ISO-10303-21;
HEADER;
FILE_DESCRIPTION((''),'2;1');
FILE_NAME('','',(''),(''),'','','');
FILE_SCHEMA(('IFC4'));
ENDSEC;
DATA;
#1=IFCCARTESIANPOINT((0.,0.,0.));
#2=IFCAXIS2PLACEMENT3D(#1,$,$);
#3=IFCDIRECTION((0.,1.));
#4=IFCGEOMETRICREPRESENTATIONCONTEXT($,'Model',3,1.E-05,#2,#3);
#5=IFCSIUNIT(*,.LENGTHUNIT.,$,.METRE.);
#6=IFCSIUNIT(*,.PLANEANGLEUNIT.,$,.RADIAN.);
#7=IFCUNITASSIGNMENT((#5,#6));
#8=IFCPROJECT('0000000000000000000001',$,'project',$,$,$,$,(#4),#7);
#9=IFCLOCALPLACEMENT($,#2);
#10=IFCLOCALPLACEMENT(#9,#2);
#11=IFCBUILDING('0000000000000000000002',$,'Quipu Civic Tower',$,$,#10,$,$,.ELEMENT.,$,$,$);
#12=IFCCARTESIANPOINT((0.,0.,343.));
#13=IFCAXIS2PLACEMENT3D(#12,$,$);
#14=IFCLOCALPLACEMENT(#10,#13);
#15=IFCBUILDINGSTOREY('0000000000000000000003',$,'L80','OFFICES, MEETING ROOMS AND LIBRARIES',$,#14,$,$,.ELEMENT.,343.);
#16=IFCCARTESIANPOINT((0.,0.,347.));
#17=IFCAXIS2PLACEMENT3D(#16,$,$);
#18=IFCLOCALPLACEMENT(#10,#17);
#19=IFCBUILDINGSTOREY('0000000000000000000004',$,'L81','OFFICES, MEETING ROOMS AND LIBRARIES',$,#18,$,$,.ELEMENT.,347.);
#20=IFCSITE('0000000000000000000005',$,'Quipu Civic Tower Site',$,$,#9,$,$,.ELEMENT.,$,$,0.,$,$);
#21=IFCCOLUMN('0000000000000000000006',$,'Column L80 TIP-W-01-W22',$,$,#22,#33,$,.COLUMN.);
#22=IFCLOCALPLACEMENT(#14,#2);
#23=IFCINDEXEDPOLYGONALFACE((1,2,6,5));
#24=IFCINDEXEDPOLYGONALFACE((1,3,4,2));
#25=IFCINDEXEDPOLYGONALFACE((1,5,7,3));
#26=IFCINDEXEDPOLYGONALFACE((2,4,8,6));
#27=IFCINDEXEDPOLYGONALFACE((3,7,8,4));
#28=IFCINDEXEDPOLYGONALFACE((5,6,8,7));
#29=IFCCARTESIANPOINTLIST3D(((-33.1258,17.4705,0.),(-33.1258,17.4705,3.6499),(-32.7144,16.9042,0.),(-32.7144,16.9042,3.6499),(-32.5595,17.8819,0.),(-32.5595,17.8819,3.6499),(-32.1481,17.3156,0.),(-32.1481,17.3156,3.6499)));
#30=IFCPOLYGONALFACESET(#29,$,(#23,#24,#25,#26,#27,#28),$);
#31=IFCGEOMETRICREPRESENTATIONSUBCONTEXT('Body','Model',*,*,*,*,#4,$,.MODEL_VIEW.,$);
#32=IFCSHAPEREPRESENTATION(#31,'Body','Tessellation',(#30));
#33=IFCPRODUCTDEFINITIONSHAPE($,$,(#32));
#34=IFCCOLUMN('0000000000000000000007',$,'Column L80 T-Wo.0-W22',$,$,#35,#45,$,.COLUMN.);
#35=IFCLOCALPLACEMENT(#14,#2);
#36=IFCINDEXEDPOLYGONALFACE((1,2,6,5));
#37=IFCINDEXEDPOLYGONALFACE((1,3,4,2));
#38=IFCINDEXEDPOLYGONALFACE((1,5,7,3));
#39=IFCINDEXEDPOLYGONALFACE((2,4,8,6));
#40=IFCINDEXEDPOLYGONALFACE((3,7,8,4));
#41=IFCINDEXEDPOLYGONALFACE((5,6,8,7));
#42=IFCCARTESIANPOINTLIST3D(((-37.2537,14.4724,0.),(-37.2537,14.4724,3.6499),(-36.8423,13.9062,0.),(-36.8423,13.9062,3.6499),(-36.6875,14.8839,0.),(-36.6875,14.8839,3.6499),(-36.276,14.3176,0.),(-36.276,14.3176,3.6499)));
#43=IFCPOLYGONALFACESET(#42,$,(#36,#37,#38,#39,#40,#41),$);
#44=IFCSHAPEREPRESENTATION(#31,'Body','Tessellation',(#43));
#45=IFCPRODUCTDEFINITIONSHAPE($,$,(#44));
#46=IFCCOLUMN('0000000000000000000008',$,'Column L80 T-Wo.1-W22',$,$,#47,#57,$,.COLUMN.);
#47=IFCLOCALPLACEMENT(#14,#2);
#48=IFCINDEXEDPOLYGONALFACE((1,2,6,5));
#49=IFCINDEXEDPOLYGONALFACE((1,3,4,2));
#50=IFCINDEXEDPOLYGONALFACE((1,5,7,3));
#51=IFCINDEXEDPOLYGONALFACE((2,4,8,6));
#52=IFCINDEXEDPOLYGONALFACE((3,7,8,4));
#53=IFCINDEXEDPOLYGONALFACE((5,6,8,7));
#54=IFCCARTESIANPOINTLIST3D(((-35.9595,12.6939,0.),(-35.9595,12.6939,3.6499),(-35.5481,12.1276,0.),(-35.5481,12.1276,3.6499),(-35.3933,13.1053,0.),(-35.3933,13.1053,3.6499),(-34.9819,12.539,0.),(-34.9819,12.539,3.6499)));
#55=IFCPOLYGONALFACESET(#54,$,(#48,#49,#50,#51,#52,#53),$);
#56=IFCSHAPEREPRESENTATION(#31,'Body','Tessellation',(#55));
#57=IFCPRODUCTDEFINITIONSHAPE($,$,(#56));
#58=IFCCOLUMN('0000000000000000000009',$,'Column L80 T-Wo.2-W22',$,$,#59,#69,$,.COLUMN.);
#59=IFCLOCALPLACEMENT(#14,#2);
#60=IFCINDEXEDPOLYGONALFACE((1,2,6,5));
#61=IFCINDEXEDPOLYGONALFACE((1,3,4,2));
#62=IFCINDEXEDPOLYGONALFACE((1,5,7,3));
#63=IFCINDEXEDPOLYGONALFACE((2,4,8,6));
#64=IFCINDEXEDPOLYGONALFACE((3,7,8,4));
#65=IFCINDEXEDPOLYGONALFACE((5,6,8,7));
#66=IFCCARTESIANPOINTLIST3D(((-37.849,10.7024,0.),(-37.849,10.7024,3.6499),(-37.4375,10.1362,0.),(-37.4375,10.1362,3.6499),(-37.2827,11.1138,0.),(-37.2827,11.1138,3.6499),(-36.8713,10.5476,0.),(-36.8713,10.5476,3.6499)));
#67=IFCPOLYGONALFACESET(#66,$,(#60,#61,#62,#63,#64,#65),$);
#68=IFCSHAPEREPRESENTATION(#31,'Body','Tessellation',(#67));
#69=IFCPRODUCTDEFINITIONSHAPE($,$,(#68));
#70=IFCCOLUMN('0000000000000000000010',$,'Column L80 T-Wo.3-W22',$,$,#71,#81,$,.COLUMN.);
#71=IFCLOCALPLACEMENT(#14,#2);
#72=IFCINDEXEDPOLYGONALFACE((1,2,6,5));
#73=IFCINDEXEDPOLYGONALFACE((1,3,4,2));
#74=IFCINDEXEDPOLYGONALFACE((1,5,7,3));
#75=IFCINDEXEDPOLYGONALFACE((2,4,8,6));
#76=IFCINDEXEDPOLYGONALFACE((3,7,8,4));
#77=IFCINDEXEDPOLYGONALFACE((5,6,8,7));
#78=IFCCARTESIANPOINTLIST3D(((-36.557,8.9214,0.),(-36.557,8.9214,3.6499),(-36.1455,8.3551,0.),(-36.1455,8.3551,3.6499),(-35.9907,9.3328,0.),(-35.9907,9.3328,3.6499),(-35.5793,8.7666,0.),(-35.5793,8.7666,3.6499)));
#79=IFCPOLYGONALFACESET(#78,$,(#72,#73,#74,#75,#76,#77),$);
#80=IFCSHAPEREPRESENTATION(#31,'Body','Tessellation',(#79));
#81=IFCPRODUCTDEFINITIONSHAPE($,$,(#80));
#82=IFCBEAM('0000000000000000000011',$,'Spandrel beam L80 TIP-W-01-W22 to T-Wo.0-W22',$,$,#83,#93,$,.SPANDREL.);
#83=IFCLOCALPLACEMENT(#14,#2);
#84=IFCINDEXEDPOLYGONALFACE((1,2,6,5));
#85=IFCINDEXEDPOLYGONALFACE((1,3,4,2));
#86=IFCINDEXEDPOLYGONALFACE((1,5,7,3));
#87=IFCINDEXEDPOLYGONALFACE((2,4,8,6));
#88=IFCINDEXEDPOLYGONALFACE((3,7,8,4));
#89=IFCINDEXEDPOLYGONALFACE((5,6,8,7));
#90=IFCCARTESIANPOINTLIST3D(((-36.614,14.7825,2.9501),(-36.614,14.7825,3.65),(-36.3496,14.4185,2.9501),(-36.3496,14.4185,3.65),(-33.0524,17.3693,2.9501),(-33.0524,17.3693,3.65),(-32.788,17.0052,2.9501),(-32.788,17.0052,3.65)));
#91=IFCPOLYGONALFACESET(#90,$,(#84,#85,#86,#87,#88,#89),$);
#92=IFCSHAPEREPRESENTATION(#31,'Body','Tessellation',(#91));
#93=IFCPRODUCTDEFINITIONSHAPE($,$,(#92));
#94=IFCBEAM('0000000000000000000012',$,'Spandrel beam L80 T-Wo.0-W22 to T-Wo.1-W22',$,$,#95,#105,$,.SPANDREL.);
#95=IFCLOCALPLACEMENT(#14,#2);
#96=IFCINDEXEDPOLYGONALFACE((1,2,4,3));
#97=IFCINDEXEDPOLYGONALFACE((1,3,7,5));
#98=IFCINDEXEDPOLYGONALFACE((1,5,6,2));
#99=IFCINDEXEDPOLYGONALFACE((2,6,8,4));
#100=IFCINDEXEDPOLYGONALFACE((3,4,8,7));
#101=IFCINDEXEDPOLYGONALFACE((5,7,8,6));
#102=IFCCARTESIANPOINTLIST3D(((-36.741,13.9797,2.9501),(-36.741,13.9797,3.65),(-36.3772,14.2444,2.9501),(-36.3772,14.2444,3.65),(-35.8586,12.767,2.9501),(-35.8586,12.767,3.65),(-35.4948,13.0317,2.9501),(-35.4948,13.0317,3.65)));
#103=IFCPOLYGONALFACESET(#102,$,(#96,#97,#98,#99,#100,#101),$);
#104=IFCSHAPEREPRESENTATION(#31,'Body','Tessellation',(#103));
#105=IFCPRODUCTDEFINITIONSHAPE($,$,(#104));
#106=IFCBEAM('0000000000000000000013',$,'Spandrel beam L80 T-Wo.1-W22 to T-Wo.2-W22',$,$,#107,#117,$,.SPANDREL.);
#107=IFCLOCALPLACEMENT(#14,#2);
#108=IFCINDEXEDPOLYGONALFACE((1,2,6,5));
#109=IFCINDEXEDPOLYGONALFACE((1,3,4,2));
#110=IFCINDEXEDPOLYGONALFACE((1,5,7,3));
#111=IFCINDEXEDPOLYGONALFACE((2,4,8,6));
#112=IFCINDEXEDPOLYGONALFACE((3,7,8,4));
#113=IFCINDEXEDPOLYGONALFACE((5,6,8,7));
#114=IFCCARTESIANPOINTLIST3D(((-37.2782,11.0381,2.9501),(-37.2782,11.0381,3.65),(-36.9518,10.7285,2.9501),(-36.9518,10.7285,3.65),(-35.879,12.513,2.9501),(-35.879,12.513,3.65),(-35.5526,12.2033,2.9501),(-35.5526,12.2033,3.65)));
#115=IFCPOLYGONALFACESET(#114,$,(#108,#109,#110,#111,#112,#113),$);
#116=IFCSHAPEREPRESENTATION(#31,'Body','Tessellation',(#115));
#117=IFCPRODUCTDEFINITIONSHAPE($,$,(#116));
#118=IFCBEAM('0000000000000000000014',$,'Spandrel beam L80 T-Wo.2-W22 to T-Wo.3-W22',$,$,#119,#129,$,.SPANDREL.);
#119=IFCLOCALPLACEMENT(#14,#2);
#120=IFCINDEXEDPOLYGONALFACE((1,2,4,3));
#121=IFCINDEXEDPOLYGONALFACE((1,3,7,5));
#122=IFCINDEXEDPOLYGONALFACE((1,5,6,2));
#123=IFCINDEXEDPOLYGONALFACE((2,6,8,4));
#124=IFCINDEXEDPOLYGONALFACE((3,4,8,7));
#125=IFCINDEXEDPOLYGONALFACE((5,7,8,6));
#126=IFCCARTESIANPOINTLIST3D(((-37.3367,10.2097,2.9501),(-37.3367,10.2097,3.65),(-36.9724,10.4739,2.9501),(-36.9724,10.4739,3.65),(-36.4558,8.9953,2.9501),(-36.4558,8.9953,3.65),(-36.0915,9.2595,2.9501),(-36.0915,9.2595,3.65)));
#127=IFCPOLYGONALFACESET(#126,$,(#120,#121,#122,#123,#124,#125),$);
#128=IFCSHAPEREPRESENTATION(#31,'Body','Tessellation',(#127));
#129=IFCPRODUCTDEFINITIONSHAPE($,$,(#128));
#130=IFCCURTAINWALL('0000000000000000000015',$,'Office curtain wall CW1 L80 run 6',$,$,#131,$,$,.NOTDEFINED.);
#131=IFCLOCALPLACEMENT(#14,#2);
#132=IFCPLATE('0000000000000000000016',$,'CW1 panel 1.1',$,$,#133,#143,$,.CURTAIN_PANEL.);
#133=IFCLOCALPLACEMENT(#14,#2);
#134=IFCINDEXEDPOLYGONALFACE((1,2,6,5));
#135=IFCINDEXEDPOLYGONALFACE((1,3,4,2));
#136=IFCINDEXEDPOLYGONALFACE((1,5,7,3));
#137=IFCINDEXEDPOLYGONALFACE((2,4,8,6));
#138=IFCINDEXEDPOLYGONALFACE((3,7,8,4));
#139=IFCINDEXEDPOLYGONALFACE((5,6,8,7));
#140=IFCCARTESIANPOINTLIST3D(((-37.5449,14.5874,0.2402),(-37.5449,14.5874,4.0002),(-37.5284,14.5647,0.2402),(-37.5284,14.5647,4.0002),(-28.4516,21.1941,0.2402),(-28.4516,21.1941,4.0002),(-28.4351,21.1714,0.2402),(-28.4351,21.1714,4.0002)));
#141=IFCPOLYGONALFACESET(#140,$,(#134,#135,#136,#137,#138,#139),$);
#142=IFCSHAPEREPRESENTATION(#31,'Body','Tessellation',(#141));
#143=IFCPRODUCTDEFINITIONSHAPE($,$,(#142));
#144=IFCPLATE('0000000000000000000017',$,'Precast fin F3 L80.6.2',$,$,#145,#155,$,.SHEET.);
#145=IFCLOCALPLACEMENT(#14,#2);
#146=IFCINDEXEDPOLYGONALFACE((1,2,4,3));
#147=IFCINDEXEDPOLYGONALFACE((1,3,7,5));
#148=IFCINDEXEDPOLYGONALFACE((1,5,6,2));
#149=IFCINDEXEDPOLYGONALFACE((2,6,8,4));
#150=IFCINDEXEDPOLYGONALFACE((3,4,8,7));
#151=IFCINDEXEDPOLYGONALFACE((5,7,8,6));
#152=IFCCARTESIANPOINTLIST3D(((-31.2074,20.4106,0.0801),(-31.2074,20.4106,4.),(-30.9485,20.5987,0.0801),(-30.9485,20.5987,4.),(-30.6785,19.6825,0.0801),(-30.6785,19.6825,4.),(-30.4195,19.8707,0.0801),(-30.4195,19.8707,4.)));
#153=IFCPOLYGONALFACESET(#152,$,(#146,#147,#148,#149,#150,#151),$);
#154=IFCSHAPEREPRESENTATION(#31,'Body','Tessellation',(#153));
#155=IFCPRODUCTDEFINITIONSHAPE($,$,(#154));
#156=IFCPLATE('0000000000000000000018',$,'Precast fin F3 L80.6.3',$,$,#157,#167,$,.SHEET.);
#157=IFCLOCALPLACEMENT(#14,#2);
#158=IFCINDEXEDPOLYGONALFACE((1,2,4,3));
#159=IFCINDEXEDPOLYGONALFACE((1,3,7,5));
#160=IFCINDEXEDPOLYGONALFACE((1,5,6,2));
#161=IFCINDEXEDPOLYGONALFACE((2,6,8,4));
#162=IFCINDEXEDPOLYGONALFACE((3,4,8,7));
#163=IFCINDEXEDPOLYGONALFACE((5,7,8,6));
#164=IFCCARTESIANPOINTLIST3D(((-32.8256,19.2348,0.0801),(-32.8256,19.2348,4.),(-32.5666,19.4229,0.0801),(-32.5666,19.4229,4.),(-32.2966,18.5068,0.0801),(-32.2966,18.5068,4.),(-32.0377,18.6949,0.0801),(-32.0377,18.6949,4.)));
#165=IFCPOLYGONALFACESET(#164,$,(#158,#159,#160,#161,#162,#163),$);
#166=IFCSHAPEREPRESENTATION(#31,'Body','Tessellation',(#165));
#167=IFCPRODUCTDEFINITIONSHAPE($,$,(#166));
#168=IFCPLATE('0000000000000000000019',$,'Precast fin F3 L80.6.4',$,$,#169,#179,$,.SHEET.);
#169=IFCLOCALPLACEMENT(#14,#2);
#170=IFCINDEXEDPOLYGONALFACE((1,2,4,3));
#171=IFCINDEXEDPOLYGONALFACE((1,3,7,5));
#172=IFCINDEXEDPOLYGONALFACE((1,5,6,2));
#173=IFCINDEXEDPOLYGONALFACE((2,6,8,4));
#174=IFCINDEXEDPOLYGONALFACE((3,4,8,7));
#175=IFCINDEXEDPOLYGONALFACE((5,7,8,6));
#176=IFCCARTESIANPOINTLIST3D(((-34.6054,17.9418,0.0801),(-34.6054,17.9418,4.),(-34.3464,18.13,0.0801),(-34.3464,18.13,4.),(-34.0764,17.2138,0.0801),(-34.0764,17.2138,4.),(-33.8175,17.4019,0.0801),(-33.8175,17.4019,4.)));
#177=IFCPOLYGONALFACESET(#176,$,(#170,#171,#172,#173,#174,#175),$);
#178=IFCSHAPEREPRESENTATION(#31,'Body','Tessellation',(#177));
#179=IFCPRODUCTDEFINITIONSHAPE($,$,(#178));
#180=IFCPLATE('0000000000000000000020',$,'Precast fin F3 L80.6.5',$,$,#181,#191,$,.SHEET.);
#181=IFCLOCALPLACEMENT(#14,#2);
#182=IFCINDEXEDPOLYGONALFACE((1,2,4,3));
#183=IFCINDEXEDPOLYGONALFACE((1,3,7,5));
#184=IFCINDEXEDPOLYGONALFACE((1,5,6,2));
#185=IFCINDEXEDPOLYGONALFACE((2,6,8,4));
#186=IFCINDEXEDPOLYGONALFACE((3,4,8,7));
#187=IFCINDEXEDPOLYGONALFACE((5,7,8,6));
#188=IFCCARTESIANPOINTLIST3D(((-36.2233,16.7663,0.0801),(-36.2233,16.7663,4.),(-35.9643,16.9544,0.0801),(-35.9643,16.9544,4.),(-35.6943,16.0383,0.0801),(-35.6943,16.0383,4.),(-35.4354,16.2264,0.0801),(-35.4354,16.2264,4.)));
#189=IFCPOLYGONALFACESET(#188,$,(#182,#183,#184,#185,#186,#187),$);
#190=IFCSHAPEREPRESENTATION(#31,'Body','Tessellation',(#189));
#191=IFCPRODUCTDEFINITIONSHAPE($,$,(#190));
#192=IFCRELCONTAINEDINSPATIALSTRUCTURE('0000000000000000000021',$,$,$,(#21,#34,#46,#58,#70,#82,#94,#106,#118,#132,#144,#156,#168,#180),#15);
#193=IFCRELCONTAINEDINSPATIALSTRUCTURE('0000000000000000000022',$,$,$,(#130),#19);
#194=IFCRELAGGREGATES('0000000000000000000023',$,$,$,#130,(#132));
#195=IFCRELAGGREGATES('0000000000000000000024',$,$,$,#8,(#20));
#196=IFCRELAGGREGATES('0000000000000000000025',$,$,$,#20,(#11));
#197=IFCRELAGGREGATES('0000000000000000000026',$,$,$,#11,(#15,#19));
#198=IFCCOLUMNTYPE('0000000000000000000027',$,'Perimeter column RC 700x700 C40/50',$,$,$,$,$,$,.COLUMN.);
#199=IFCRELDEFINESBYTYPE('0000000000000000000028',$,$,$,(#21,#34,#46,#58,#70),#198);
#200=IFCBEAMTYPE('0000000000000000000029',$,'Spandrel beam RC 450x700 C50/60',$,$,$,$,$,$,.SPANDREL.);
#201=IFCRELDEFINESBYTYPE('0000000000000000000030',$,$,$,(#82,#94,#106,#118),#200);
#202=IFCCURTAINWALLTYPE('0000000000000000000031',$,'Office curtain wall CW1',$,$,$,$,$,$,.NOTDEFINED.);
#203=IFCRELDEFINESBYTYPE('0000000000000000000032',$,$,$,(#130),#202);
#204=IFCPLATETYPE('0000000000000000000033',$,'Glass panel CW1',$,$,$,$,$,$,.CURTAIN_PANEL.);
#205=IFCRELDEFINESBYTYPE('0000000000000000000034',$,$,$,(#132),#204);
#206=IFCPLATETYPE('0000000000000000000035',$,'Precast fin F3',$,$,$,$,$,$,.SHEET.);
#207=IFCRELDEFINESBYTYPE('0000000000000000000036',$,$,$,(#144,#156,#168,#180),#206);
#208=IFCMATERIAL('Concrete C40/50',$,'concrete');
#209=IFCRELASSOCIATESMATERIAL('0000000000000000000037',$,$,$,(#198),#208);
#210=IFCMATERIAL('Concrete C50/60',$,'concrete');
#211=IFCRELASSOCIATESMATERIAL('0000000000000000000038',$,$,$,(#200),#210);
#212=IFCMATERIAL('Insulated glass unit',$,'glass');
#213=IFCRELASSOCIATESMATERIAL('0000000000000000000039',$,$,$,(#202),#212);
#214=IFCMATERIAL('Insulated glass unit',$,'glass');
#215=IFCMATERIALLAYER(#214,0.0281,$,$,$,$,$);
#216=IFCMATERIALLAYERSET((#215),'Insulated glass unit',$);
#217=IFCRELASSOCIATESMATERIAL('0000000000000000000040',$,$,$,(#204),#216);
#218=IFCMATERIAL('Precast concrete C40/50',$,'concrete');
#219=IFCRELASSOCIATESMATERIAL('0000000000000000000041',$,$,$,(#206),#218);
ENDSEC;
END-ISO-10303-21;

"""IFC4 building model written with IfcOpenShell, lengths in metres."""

from ifc_helpers import new_model, si_unit, direction, frame, origin, origin_2d, place, context, subcontext, project, spatial, rectangle, extrude, material, layer, layer_set, material_profile, profile_set, type_object, element, aggregate, save


model = new_model("IFC4")

# Units and contexts
model_context = context("Model", 3, precision=1e-05, world=origin(), true_north=direction((0.0, 1.0)))
body_context = subcontext(model_context, "Body", "Model", "MODEL_VIEW")
ifc_project = project(units=[si_unit("LENGTHUNIT", "METRE"), si_unit("PLANEANGLEUNIT", "RADIAN")], contexts=[model_context])

# Site, building, storey
site_placement = place(None, origin())
site = spatial("IfcSite", under=ifc_project, at=site_placement, Name="Quipu Civic Tower Site", CompositionType="ELEMENT", RefElevation=0.0)
building_placement = place(site_placement, origin())
building = spatial("IfcBuilding", under=site, at=building_placement, Name="Quipu Civic Tower", CompositionType="ELEMENT")
storey_1_placement = place(building_placement, frame((0.0, 0.0, 343.0)))
storey_1 = spatial("IfcBuildingStorey", under=building, at=storey_1_placement, Name="L80", Description="OFFICES, MEETING ROOMS AND LIBRARIES", CompositionType="ELEMENT", Elevation=343.0)

# Columns
ifc_material_1 = material(Name="Concrete C40/50", Category="concrete")
ifc_material_profile_1 = material_profile(ifc_material_1, rectangle(XDim=0.7, YDim=0.7, at=origin_2d()), Name="RC700x700")
ifc_profile_set_1 = profile_set([ifc_material_profile_1], Name="Concrete C40/50")
column_type = type_object("IfcColumnType", Name="Perimeter column RC 700x700 C40/50", PredefinedType="COLUMN", material=ifc_profile_set_1)
for number, where, z_axis, x_axis, name in (
    (1, (-32.637, 17.3931, 0.0), (0.0, 0.0, 1.0), (-0.809017, -0.587785, 0.0), "Column L80 TIP-W-01-W22"),
    (2, (-36.7649, 14.395, 0.0), (0.0, 0.0, 1.0), (0.587785, -0.809017, 0.0), "Column L80 T-Wo.0-W22"),
    (3, (-35.4707, 12.6165, 0.0), (0.0, 0.0, 1.0), (-0.809017, -0.587785, 0.0), "Column L80 T-Wo.1-W22"),
    (4, (-37.3601, 10.625, 0.0), (0.0, 0.0, 1.0), (0.587785, -0.809017, 0.0), "Column L80 T-Wo.2-W22"),
    (5, (-36.0681, 8.844, 0.0), (0.0, 0.0, 1.0), (0.587785, -0.809017, 0.0), "Column L80 T-Wo.3-W22"),
):
    element("IfcColumn", number, at=place(storey_1_placement, frame(where, z_axis=z_axis, x_axis=x_axis)), inside=storey_1, type_object=column_type, Name=name, PredefinedType="COLUMN", context=body_context, shape_type="SweptSolid", body=[
        extrude(rectangle(XDim=0.7, YDim=0.7, at=origin_2d()), origin(), (0.0, 0.0, 1.0), 3.6499),
    ])

# Beams
ifc_material_2 = material(Name="Concrete C50/60", Category="concrete")
ifc_material_profile_2 = material_profile(ifc_material_2, rectangle(XDim=0.45, YDim=0.7, at=origin_2d()), Name="RC450x700")
ifc_profile_set_2 = profile_set([ifc_material_profile_2], Name="Concrete C50/60")
beam_type = type_object("IfcBeamType", Name="Spandrel beam RC 450x700 C50/60", PredefinedType="SPANDREL", material=ifc_profile_set_2)
beam_1_placement = place(storey_1_placement, frame((-32.9202, 17.1873, 3.3), z_axis=(-0.809117, -0.587647, 0.0), x_axis=(0.587647, -0.809117, 0.0)))
element("IfcBeam", 6, at=beam_1_placement, inside=storey_1, type_object=beam_type, Name="Spandrel beam L80 TIP-W-01-W22 to T-Wo.0-W22", PredefinedType="SPANDREL", context=body_context, shape_type="SweptSolid", body=[
    extrude(rectangle(XDim=0.45, YDim=0.7, at=origin_2d()), origin(), (0.0, 0.0, 1.0), 4.4019),
])
beam_2_placement = place(storey_1_placement, frame((-36.5591, 14.1121, 3.3), z_axis=(0.588346, -0.808609, 0.0), x_axis=(0.808609, 0.588346, 0.0)))
element("IfcBeam", 7, at=beam_2_placement, inside=storey_1, type_object=beam_type, Name="Spandrel beam L80 T-Wo.0-W22 to T-Wo.1-W22", PredefinedType="SPANDREL", context=body_context, shape_type="SweptSolid", body=[
    extrude(rectangle(XDim=0.45, YDim=0.7, at=origin_2d()), origin(), (0.0, 0.0, 1.0), 1.4998),
])
beam_3_placement = place(storey_1_placement, frame((-35.7158, 12.3582, 3.3), z_axis=(-0.688247, -0.725476, 0.0), x_axis=(0.725476, -0.688247, 0.0)))
element("IfcBeam", 8, at=beam_3_placement, inside=storey_1, type_object=beam_type, Name="Spandrel beam L80 T-Wo.1-W22 to T-Wo.2-W22", PredefinedType="SPANDREL", context=body_context, shape_type="SweptSolid", body=[
    extrude(rectangle(XDim=0.45, YDim=0.7, at=origin_2d()), origin(), (0.0, 0.0, 1.0), 2.033),
])
beam_4_placement = place(storey_1_placement, frame((-37.1545, 10.3418, 3.3), z_axis=(0.587165, -0.809467, 0.0), x_axis=(0.809467, 0.587165, 0.0)))
element("IfcBeam", 9, at=beam_4_placement, inside=storey_1, type_object=beam_type, Name="Spandrel beam L80 T-Wo.2-W22 to T-Wo.3-W22", PredefinedType="SPANDREL", context=body_context, shape_type="SweptSolid", body=[
    extrude(rectangle(XDim=0.45, YDim=0.7, at=origin_2d()), origin(), (0.0, 0.0, 1.0), 1.5002),
])

# Shared definitions
storey_2_placement = place(building_placement, frame((0.0, 0.0, 347.0)))
storey_2 = spatial("IfcBuildingStorey", under=building, at=storey_2_placement, Name="L81", Description="OFFICES, MEETING ROOMS AND LIBRARIES", CompositionType="ELEMENT", Elevation=347.0)

# Curtain wall, plate
ifc_material_3 = material(Name="Insulated glass unit", Category="glass")
curtain_wall_type = type_object("IfcCurtainWallType", Name="Office curtain wall CW1", PredefinedType="NOTDEFINED", material=ifc_material_3)
curtain_wall_placement = place(storey_2_placement, origin())
curtain_wall = element("IfcCurtainWall", 10, at=curtain_wall_placement, inside=storey_2, type_object=curtain_wall_type, Name="Office curtain wall CW1 L80 run 6", PredefinedType="NOTDEFINED")
ifc_material_4 = material(Name="Insulated glass unit", Category="glass")
ifc_layer_1 = layer(ifc_material_4, 0.0281)
ifc_layer_set_1 = layer_set([ifc_layer_1], Name="Insulated glass unit")
plate_type_1 = type_object("IfcPlateType", Name="Glass panel CW1", PredefinedType="CURTAIN_PANEL", material=ifc_layer_set_1)
plate_placement = place(storey_1_placement, frame((-32.99, 17.8794, 0.2402), z_axis=(0.0, 0.0, 1.0), x_axis=(-0.809015, -0.587788, 0.0)))
plate = element("IfcPlate", 11, at=plate_placement, inside=storey_1, type_object=plate_type_1, Name="CW1 panel 1.1", PredefinedType="CURTAIN_PANEL", context=body_context, shape_type="SweptSolid", body=[
    extrude(rectangle(XDim=11.24, YDim=0.0281, at=origin_2d()), origin(), (0.0, 0.0, 1.0), 3.76),
])
aggregate(curtain_wall, [plate])

# Plates
ifc_material_5 = material(Name="Precast concrete C40/50", Category="concrete")
plate_type_2 = type_object("IfcPlateType", Name="Precast fin F3", PredefinedType="SHEET", material=ifc_material_5)
for number, where, z_axis, x_axis, name in (
    (12, (-30.8135, 20.1406, 0.0801), (0.0, 0.0, 1.0), (-0.809017, -0.587785, 0.0), "Precast fin F3 L80.6.2"),
    (13, (-32.4316, 18.9648, 0.0801), (0.0, 0.0, 1.0), (-0.809017, -0.587785, 0.0), "Precast fin F3 L80.6.3"),
    (14, (-34.2114, 17.6719, 0.0801), (0.0, 0.0, 1.0), (-0.809017, -0.587785, 0.0), "Precast fin F3 L80.6.4"),
    (15, (-35.8293, 16.4963, 0.0801), (0.0, 0.0, 1.0), (-0.809017, -0.587785, 0.0), "Precast fin F3 L80.6.5"),
):
    element("IfcPlate", number, at=place(storey_1_placement, frame(where, z_axis=z_axis, x_axis=x_axis)), inside=storey_1, type_object=plate_type_2, Name=name, PredefinedType="SHEET", context=body_context, shape_type="SweptSolid", body=[
        extrude(rectangle(XDim=0.3201, YDim=0.8999, at=origin_2d()), origin(), (0.0, 0.0, 1.0), 3.9199),
    ])

save(model, "model.ifc")
